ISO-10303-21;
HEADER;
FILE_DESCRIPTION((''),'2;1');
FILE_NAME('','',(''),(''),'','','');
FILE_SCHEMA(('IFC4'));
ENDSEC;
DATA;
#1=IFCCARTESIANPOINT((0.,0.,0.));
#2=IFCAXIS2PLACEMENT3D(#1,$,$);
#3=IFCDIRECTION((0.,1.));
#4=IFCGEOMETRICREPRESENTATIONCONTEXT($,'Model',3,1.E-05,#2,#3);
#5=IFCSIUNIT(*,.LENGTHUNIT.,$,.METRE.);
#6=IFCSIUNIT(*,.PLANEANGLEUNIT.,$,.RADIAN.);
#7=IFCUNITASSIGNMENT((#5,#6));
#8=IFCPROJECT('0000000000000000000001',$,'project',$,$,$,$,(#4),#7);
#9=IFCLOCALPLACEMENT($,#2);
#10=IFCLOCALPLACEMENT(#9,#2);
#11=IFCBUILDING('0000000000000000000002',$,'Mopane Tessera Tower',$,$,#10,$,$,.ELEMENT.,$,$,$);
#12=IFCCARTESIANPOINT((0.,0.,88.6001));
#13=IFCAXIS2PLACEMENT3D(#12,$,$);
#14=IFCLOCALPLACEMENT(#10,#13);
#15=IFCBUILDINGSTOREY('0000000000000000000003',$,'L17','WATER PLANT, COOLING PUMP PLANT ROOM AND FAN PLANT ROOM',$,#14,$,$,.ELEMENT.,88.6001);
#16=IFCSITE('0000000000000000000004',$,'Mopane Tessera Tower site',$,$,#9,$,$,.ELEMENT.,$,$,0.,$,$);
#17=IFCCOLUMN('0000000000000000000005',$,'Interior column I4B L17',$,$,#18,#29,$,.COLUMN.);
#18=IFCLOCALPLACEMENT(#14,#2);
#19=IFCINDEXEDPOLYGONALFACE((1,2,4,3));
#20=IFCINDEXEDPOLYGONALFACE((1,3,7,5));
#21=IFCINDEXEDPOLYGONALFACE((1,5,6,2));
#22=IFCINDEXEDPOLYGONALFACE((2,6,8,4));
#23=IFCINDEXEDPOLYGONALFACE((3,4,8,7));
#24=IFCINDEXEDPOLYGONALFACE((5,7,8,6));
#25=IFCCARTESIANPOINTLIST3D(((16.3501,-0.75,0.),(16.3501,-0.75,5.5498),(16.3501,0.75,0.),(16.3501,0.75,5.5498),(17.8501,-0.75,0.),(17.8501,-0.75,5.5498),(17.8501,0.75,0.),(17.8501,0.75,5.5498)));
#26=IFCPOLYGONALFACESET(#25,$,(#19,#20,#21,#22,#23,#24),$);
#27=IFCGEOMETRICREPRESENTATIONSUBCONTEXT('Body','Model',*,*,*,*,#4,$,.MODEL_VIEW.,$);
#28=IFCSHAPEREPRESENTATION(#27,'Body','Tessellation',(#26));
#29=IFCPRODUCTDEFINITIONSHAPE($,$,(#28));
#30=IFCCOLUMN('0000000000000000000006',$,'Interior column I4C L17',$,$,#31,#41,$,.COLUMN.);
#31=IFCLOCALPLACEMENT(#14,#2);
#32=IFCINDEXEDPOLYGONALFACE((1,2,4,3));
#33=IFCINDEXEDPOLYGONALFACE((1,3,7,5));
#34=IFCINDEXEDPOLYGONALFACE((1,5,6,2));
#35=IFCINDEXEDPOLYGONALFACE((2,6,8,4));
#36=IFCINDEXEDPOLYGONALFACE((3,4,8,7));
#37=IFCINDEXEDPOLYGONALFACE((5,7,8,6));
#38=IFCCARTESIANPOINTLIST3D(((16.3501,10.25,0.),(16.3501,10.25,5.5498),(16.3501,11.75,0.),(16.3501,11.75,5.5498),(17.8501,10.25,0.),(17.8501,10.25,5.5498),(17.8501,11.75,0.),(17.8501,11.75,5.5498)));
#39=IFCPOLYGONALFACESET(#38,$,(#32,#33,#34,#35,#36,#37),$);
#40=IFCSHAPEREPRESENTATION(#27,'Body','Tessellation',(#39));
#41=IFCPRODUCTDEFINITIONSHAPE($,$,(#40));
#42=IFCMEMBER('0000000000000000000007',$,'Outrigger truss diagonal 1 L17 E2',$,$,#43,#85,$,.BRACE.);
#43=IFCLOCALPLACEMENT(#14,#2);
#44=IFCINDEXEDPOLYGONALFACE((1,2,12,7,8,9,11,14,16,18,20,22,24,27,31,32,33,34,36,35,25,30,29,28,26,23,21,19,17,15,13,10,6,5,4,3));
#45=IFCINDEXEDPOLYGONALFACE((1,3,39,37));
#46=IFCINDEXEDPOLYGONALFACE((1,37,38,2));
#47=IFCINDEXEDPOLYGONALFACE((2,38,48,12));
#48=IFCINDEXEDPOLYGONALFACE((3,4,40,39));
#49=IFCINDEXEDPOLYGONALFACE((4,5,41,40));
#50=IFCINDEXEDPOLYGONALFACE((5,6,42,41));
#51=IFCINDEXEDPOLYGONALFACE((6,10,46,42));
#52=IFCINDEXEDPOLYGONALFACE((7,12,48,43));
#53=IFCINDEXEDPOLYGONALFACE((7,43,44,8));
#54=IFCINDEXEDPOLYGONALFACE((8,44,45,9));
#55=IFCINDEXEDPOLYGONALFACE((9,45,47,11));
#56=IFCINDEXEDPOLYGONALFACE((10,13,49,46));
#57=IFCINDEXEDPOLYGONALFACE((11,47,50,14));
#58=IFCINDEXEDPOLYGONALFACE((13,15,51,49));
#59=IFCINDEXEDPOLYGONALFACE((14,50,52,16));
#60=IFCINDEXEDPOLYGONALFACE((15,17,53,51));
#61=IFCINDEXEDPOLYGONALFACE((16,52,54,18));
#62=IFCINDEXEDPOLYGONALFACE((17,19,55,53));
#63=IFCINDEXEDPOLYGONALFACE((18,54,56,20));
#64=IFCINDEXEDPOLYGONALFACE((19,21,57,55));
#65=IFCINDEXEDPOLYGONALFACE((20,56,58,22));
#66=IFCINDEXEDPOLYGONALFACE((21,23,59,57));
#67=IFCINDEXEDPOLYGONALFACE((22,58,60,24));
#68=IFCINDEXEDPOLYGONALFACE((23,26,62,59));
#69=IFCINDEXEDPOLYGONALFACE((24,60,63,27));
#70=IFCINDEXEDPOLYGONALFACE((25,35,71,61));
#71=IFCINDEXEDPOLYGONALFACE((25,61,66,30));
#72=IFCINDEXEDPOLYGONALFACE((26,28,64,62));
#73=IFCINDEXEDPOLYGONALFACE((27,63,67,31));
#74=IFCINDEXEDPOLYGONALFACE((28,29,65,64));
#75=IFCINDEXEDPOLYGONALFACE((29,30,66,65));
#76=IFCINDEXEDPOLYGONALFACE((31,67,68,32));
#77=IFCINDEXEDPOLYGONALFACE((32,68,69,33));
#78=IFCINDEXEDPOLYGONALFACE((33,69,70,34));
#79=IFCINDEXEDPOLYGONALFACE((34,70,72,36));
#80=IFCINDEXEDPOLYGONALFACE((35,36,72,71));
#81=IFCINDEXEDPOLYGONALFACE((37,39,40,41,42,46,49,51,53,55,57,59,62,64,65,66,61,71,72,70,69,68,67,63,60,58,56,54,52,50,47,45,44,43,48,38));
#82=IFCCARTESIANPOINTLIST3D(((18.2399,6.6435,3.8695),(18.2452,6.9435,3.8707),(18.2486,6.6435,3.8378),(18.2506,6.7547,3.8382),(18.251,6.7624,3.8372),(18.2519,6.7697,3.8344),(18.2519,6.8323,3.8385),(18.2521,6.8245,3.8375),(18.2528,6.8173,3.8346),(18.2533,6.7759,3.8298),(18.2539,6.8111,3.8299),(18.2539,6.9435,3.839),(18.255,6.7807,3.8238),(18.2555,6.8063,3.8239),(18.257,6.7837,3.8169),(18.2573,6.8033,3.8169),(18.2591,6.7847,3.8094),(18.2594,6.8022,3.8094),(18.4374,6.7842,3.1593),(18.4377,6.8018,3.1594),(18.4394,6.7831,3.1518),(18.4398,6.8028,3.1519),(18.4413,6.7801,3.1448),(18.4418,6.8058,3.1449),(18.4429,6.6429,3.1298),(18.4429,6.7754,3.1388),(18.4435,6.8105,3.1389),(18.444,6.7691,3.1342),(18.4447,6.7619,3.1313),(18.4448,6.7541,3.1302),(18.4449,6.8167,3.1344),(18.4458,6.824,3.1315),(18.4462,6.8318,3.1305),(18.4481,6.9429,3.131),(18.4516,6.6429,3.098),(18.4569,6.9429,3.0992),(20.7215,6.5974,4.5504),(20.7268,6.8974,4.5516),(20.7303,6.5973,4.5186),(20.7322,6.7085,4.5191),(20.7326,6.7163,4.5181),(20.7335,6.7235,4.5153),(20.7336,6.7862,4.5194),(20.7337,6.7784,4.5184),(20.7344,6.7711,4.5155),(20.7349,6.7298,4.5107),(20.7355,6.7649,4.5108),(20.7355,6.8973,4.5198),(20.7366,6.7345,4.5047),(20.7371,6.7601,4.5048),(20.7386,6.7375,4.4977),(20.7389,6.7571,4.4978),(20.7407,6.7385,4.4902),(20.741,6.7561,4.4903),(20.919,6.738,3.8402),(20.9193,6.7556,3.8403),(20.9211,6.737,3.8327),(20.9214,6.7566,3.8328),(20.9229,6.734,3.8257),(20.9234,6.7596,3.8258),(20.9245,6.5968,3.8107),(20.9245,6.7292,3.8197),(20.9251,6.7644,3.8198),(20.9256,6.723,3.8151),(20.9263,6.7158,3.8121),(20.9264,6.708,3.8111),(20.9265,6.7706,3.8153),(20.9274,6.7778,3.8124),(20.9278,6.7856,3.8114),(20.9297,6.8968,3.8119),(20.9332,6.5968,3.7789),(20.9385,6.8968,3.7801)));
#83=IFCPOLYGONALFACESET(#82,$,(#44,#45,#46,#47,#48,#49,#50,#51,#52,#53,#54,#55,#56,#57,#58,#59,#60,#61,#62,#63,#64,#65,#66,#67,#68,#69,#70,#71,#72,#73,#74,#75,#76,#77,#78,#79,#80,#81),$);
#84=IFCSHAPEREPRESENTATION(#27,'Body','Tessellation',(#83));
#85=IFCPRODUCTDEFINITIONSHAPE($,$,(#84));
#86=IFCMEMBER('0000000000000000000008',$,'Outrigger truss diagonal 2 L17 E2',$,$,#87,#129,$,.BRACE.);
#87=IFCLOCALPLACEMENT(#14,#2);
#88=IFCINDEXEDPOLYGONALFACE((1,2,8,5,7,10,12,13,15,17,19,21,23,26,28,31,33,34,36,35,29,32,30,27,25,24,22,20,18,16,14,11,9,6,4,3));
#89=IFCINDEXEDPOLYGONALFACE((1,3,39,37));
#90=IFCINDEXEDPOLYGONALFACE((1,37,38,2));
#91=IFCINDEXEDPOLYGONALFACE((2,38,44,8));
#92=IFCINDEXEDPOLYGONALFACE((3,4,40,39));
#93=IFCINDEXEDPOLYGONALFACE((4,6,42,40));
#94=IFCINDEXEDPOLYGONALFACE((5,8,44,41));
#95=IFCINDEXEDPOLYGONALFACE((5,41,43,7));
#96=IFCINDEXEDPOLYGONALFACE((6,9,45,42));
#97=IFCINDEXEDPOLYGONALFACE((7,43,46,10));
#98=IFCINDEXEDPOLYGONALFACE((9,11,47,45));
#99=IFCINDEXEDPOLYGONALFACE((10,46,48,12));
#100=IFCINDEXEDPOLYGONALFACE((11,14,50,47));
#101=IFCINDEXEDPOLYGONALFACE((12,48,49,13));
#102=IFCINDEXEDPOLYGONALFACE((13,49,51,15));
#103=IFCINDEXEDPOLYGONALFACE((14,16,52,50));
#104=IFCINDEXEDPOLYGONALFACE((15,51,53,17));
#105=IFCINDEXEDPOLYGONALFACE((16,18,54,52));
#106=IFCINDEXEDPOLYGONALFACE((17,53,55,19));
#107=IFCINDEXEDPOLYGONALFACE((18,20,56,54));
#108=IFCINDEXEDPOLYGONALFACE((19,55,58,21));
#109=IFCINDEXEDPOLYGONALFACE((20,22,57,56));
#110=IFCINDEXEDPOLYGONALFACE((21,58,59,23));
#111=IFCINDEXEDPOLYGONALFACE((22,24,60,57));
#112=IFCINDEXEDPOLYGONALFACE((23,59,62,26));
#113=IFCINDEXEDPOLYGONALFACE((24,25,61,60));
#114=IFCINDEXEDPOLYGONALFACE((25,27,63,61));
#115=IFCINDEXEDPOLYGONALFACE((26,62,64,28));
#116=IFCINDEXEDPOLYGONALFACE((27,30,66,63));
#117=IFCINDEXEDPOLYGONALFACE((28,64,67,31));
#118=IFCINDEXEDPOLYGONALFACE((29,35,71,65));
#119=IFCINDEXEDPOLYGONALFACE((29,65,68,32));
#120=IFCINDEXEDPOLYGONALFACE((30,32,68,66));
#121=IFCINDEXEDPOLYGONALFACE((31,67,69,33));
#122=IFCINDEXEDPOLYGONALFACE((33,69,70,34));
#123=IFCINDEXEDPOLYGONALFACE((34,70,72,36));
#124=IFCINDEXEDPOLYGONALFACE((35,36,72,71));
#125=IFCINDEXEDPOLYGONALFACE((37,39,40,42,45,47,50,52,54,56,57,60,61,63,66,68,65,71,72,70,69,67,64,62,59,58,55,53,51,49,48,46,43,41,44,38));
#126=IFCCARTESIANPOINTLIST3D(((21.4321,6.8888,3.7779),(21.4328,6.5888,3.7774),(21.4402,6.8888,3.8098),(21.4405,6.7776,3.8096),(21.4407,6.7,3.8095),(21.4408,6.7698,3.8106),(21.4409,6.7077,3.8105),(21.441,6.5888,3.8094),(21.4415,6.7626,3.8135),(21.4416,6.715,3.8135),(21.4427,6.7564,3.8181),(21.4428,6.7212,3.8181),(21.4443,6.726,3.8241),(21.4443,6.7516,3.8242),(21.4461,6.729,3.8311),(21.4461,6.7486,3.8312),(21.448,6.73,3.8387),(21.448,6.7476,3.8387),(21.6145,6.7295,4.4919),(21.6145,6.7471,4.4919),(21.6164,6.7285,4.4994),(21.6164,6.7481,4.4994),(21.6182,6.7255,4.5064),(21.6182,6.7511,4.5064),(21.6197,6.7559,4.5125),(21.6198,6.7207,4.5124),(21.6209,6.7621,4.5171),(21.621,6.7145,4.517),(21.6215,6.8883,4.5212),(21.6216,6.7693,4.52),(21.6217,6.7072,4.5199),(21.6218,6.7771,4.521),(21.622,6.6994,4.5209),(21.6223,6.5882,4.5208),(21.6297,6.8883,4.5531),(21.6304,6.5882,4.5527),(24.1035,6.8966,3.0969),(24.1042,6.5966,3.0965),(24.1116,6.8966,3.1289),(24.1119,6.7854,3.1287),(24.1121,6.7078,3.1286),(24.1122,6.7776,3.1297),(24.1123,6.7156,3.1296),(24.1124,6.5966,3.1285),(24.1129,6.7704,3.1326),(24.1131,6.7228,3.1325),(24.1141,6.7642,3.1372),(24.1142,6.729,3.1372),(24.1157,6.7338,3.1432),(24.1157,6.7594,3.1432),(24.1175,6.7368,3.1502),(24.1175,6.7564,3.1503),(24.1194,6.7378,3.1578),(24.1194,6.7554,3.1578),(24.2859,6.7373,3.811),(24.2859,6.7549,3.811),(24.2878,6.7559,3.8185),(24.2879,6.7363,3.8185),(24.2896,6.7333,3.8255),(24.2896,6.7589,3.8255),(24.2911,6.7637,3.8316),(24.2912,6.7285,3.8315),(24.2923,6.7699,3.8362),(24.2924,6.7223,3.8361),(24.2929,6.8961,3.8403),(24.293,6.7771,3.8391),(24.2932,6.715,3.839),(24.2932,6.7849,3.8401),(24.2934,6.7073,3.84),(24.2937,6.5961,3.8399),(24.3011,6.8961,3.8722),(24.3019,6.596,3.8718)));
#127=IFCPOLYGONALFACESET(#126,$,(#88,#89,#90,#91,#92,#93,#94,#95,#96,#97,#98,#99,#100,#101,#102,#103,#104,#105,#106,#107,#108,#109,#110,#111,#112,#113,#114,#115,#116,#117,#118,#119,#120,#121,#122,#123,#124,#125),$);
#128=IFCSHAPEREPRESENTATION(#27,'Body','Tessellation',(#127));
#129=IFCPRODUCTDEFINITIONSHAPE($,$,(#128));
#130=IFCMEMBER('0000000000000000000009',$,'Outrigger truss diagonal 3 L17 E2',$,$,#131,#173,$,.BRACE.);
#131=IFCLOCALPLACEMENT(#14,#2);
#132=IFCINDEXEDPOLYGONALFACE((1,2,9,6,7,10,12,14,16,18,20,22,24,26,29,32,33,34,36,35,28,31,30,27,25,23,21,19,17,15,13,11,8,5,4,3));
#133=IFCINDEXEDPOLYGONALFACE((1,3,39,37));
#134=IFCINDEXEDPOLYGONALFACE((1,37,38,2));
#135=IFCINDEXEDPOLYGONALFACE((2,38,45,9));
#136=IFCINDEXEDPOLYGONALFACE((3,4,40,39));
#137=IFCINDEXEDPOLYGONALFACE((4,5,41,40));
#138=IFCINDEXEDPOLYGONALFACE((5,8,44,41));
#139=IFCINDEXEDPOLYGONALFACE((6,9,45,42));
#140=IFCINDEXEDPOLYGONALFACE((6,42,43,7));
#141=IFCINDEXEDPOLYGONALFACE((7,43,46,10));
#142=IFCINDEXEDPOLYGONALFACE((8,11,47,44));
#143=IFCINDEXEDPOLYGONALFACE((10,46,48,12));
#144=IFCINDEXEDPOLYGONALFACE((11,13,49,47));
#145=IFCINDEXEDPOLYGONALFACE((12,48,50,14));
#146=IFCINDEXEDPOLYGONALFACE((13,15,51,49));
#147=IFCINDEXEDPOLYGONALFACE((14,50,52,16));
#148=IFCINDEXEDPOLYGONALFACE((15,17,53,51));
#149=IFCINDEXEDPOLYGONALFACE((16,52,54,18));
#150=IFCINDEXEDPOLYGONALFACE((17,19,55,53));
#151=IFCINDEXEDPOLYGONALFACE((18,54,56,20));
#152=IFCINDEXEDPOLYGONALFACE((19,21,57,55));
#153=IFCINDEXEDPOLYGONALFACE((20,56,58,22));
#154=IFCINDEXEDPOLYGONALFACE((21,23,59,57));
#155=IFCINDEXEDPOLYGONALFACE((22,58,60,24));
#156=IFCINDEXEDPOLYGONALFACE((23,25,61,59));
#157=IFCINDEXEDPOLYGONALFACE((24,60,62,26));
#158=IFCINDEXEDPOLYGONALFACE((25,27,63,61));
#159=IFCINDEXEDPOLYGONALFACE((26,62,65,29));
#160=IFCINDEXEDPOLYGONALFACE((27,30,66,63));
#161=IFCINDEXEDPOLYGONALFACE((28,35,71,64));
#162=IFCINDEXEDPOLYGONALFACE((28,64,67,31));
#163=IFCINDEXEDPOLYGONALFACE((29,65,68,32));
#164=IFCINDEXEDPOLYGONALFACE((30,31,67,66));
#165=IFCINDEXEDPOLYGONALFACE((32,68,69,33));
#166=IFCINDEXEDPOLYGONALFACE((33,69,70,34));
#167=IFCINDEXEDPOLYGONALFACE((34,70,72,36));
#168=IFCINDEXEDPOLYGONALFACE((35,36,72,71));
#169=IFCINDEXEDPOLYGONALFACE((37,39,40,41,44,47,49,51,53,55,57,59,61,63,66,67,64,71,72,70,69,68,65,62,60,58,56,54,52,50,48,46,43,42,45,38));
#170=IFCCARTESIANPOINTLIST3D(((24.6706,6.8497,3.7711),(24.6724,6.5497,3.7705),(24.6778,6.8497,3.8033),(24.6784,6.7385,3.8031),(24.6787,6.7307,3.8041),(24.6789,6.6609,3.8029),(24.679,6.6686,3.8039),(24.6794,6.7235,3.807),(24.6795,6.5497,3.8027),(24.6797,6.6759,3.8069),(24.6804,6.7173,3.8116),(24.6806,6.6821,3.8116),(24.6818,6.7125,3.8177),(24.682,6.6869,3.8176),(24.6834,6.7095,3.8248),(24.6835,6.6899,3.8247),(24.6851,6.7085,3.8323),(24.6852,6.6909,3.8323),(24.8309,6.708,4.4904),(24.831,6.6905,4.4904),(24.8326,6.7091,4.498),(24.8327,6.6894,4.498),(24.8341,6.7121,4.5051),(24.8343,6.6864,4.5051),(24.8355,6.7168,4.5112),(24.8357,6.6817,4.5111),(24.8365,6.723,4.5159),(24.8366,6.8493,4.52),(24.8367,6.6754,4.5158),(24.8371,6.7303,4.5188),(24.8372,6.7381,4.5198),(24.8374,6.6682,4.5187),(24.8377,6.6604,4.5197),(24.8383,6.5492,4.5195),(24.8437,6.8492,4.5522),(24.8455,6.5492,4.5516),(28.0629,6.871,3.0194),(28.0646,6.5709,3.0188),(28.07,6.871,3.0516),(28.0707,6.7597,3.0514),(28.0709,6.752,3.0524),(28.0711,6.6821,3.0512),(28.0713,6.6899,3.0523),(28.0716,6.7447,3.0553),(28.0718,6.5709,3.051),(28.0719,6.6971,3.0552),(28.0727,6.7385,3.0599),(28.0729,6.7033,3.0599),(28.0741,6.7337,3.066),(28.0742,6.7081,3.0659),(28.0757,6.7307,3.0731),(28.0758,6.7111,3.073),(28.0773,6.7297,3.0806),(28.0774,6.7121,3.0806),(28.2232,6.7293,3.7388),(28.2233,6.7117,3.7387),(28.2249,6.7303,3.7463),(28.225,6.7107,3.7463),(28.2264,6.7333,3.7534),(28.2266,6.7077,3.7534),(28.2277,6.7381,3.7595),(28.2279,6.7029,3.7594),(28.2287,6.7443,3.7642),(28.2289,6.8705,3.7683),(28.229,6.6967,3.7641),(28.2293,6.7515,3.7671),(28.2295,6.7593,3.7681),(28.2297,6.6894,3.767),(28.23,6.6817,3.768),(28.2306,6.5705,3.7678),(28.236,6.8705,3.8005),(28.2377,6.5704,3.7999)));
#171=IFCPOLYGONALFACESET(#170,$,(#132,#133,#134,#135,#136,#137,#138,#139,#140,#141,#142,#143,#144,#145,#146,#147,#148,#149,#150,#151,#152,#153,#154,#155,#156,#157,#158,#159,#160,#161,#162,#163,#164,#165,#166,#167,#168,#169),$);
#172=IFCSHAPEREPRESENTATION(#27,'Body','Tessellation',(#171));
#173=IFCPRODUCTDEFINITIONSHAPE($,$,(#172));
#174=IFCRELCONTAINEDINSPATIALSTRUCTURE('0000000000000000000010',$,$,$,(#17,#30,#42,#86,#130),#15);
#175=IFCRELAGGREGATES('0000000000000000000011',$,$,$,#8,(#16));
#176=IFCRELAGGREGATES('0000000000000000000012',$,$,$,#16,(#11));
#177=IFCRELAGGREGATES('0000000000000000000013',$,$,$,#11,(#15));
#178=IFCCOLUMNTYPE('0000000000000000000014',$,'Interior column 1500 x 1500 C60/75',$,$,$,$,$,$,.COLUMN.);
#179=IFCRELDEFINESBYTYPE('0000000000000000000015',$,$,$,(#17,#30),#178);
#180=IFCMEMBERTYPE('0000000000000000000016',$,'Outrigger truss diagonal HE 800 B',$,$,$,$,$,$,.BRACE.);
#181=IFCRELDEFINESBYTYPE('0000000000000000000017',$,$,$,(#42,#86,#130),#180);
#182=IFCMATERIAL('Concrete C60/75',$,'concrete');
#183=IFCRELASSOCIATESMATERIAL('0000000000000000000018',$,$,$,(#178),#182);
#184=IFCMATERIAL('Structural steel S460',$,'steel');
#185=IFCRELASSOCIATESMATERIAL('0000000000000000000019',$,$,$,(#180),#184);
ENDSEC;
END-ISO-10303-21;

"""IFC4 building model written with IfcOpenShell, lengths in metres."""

from ifc_helpers import new_model, si_unit, direction, frame, origin, origin_2d, place, context, subcontext, project, spatial, rectangle, i_section, extrude, material, material_profile, profile_set, type_object, element, save


model = new_model("IFC4")

# Units and contexts
model_context = context("Model", 3, precision=1e-05, world=origin(), true_north=direction((0.0, 1.0)))
body_context = subcontext(model_context, "Body", "Model", "MODEL_VIEW")
ifc_project = project(units=[si_unit("LENGTHUNIT", "METRE"), si_unit("PLANEANGLEUNIT", "RADIAN")], contexts=[model_context])

# Site, building, storey
site_placement = place(None, origin())
site = spatial("IfcSite", under=ifc_project, at=site_placement, Name="Mopane Tessera Tower site", CompositionType="ELEMENT", RefElevation=0.0)
building_placement = place(site_placement, origin())
building = spatial("IfcBuilding", under=site, at=building_placement, Name="Mopane Tessera Tower", CompositionType="ELEMENT")
storey_placement = place(building_placement, frame((0.0, 0.0, 88.6001)))
storey = spatial("IfcBuildingStorey", under=building, at=storey_placement, Name="L17", Description="WATER PLANT, COOLING PUMP PLANT ROOM AND FAN PLANT ROOM", CompositionType="ELEMENT", Elevation=88.6001)

# Columns
ifc_material_1 = material(Name="Concrete C60/75", Category="concrete")
ifc_material_profile_1 = material_profile(ifc_material_1, rectangle(XDim=1.5, YDim=1.5, at=origin_2d()))
ifc_profile_set_1 = profile_set([ifc_material_profile_1], Name="Concrete C60/75")
column_type = type_object("IfcColumnType", Name="Interior column 1500 x 1500 C60/75", PredefinedType="COLUMN", material=ifc_profile_set_1)
for number, where, z_axis, x_axis, name in (
    (1, (17.1001, 0.0, 0.0), (0.0, 0.0, 1.0), (1.0, 0.0, 0.0), "Interior column I4B L17"),
    (2, (17.1001, 11.0, 0.0), (0.0, 0.0, 1.0), (1.0, 0.0, 0.0), "Interior column I4C L17"),
):
    element("IfcColumn", number, at=place(storey_placement, frame(where, z_axis=z_axis, x_axis=x_axis)), inside=storey, type_object=column_type, Name=name, PredefinedType="COLUMN", context=body_context, shape_type="SweptSolid", body=[
        extrude(rectangle(XDim=1.5, YDim=1.5, at=origin_2d()), origin(), (0.0, 0.0, 1.0), 5.5498),
    ])

# Members
ifc_material_2 = material(Name="Structural steel S460", Category="steel")
ifc_material_profile_2 = material_profile(ifc_material_2, i_section(OverallWidth=0.3, OverallDepth=0.8, WebThickness=0.0176, FlangeThickness=0.033, FilletRadius=0.03, at=origin_2d()))
ifc_profile_set_2 = profile_set([ifc_material_profile_2], Name="Structural steel S460")
member_type_1 = type_object("IfcMemberType", Name="Outrigger truss diagonal HE 800 B", PredefinedType="BRACE", material=ifc_profile_set_2)
member_1_placement = place(storey_placement, frame((18.3484, 6.7932, 3.4844), z_axis=(0.964205, -0.017928, 0.264552), x_axis=(0.017484, 0.999839, 0.004032)))
element("IfcMember", 3, at=member_1_placement, inside=storey, type_object=member_type_1, Name="Outrigger truss diagonal 1 L17 E2", PredefinedType="BRACE", context=body_context, shape_type="SweptSolid", body=[
    extrude(i_section(OverallWidth=0.3, OverallDepth=0.8, WebThickness=0.0176, FlangeThickness=0.033, FilletRadius=0.03, at=origin_2d()), origin(), (0.0, 0.0, 1.0), 2.5737),
])
member_2_placement = place(storey_placement, frame((21.5312, 6.7385, 4.1653), z_axis=(0.969014, 0.002834, -0.246991), x_axis=(-0.002569, 0.999996, 0.001393)))
element("IfcMember", 4, at=member_2_placement, inside=storey, type_object=member_type_1, Name="Outrigger truss diagonal 2 L17 E2", PredefinedType="BRACE", context=body_context, shape_type="SweptSolid", body=[
    extrude(i_section(OverallWidth=0.3, OverallDepth=0.8, WebThickness=0.0176, FlangeThickness=0.033, FilletRadius=0.03, at=origin_2d()), origin(), (0.0, 0.0, 1.0), 2.7568),
])
member_3_placement = place(storey_placement, frame((24.7581, 6.6995, 4.1614), z_axis=(0.976299, 0.006113, -0.216339), x_axis=(-0.005834, 0.999981, 0.001928)))
element("IfcMember", 5, at=member_3_placement, inside=storey, type_object=member_type_1, Name="Outrigger truss diagonal 3 L17 E2", PredefinedType="BRACE", context=body_context, shape_type="SweptSolid", body=[
    extrude(i_section(OverallWidth=0.3, OverallDepth=0.8, WebThickness=0.0176, FlangeThickness=0.033, FilletRadius=0.03, at=origin_2d()), origin(), (0.0, 0.0, 1.0), 3.4746),
])

save(model, "model.ifc")
